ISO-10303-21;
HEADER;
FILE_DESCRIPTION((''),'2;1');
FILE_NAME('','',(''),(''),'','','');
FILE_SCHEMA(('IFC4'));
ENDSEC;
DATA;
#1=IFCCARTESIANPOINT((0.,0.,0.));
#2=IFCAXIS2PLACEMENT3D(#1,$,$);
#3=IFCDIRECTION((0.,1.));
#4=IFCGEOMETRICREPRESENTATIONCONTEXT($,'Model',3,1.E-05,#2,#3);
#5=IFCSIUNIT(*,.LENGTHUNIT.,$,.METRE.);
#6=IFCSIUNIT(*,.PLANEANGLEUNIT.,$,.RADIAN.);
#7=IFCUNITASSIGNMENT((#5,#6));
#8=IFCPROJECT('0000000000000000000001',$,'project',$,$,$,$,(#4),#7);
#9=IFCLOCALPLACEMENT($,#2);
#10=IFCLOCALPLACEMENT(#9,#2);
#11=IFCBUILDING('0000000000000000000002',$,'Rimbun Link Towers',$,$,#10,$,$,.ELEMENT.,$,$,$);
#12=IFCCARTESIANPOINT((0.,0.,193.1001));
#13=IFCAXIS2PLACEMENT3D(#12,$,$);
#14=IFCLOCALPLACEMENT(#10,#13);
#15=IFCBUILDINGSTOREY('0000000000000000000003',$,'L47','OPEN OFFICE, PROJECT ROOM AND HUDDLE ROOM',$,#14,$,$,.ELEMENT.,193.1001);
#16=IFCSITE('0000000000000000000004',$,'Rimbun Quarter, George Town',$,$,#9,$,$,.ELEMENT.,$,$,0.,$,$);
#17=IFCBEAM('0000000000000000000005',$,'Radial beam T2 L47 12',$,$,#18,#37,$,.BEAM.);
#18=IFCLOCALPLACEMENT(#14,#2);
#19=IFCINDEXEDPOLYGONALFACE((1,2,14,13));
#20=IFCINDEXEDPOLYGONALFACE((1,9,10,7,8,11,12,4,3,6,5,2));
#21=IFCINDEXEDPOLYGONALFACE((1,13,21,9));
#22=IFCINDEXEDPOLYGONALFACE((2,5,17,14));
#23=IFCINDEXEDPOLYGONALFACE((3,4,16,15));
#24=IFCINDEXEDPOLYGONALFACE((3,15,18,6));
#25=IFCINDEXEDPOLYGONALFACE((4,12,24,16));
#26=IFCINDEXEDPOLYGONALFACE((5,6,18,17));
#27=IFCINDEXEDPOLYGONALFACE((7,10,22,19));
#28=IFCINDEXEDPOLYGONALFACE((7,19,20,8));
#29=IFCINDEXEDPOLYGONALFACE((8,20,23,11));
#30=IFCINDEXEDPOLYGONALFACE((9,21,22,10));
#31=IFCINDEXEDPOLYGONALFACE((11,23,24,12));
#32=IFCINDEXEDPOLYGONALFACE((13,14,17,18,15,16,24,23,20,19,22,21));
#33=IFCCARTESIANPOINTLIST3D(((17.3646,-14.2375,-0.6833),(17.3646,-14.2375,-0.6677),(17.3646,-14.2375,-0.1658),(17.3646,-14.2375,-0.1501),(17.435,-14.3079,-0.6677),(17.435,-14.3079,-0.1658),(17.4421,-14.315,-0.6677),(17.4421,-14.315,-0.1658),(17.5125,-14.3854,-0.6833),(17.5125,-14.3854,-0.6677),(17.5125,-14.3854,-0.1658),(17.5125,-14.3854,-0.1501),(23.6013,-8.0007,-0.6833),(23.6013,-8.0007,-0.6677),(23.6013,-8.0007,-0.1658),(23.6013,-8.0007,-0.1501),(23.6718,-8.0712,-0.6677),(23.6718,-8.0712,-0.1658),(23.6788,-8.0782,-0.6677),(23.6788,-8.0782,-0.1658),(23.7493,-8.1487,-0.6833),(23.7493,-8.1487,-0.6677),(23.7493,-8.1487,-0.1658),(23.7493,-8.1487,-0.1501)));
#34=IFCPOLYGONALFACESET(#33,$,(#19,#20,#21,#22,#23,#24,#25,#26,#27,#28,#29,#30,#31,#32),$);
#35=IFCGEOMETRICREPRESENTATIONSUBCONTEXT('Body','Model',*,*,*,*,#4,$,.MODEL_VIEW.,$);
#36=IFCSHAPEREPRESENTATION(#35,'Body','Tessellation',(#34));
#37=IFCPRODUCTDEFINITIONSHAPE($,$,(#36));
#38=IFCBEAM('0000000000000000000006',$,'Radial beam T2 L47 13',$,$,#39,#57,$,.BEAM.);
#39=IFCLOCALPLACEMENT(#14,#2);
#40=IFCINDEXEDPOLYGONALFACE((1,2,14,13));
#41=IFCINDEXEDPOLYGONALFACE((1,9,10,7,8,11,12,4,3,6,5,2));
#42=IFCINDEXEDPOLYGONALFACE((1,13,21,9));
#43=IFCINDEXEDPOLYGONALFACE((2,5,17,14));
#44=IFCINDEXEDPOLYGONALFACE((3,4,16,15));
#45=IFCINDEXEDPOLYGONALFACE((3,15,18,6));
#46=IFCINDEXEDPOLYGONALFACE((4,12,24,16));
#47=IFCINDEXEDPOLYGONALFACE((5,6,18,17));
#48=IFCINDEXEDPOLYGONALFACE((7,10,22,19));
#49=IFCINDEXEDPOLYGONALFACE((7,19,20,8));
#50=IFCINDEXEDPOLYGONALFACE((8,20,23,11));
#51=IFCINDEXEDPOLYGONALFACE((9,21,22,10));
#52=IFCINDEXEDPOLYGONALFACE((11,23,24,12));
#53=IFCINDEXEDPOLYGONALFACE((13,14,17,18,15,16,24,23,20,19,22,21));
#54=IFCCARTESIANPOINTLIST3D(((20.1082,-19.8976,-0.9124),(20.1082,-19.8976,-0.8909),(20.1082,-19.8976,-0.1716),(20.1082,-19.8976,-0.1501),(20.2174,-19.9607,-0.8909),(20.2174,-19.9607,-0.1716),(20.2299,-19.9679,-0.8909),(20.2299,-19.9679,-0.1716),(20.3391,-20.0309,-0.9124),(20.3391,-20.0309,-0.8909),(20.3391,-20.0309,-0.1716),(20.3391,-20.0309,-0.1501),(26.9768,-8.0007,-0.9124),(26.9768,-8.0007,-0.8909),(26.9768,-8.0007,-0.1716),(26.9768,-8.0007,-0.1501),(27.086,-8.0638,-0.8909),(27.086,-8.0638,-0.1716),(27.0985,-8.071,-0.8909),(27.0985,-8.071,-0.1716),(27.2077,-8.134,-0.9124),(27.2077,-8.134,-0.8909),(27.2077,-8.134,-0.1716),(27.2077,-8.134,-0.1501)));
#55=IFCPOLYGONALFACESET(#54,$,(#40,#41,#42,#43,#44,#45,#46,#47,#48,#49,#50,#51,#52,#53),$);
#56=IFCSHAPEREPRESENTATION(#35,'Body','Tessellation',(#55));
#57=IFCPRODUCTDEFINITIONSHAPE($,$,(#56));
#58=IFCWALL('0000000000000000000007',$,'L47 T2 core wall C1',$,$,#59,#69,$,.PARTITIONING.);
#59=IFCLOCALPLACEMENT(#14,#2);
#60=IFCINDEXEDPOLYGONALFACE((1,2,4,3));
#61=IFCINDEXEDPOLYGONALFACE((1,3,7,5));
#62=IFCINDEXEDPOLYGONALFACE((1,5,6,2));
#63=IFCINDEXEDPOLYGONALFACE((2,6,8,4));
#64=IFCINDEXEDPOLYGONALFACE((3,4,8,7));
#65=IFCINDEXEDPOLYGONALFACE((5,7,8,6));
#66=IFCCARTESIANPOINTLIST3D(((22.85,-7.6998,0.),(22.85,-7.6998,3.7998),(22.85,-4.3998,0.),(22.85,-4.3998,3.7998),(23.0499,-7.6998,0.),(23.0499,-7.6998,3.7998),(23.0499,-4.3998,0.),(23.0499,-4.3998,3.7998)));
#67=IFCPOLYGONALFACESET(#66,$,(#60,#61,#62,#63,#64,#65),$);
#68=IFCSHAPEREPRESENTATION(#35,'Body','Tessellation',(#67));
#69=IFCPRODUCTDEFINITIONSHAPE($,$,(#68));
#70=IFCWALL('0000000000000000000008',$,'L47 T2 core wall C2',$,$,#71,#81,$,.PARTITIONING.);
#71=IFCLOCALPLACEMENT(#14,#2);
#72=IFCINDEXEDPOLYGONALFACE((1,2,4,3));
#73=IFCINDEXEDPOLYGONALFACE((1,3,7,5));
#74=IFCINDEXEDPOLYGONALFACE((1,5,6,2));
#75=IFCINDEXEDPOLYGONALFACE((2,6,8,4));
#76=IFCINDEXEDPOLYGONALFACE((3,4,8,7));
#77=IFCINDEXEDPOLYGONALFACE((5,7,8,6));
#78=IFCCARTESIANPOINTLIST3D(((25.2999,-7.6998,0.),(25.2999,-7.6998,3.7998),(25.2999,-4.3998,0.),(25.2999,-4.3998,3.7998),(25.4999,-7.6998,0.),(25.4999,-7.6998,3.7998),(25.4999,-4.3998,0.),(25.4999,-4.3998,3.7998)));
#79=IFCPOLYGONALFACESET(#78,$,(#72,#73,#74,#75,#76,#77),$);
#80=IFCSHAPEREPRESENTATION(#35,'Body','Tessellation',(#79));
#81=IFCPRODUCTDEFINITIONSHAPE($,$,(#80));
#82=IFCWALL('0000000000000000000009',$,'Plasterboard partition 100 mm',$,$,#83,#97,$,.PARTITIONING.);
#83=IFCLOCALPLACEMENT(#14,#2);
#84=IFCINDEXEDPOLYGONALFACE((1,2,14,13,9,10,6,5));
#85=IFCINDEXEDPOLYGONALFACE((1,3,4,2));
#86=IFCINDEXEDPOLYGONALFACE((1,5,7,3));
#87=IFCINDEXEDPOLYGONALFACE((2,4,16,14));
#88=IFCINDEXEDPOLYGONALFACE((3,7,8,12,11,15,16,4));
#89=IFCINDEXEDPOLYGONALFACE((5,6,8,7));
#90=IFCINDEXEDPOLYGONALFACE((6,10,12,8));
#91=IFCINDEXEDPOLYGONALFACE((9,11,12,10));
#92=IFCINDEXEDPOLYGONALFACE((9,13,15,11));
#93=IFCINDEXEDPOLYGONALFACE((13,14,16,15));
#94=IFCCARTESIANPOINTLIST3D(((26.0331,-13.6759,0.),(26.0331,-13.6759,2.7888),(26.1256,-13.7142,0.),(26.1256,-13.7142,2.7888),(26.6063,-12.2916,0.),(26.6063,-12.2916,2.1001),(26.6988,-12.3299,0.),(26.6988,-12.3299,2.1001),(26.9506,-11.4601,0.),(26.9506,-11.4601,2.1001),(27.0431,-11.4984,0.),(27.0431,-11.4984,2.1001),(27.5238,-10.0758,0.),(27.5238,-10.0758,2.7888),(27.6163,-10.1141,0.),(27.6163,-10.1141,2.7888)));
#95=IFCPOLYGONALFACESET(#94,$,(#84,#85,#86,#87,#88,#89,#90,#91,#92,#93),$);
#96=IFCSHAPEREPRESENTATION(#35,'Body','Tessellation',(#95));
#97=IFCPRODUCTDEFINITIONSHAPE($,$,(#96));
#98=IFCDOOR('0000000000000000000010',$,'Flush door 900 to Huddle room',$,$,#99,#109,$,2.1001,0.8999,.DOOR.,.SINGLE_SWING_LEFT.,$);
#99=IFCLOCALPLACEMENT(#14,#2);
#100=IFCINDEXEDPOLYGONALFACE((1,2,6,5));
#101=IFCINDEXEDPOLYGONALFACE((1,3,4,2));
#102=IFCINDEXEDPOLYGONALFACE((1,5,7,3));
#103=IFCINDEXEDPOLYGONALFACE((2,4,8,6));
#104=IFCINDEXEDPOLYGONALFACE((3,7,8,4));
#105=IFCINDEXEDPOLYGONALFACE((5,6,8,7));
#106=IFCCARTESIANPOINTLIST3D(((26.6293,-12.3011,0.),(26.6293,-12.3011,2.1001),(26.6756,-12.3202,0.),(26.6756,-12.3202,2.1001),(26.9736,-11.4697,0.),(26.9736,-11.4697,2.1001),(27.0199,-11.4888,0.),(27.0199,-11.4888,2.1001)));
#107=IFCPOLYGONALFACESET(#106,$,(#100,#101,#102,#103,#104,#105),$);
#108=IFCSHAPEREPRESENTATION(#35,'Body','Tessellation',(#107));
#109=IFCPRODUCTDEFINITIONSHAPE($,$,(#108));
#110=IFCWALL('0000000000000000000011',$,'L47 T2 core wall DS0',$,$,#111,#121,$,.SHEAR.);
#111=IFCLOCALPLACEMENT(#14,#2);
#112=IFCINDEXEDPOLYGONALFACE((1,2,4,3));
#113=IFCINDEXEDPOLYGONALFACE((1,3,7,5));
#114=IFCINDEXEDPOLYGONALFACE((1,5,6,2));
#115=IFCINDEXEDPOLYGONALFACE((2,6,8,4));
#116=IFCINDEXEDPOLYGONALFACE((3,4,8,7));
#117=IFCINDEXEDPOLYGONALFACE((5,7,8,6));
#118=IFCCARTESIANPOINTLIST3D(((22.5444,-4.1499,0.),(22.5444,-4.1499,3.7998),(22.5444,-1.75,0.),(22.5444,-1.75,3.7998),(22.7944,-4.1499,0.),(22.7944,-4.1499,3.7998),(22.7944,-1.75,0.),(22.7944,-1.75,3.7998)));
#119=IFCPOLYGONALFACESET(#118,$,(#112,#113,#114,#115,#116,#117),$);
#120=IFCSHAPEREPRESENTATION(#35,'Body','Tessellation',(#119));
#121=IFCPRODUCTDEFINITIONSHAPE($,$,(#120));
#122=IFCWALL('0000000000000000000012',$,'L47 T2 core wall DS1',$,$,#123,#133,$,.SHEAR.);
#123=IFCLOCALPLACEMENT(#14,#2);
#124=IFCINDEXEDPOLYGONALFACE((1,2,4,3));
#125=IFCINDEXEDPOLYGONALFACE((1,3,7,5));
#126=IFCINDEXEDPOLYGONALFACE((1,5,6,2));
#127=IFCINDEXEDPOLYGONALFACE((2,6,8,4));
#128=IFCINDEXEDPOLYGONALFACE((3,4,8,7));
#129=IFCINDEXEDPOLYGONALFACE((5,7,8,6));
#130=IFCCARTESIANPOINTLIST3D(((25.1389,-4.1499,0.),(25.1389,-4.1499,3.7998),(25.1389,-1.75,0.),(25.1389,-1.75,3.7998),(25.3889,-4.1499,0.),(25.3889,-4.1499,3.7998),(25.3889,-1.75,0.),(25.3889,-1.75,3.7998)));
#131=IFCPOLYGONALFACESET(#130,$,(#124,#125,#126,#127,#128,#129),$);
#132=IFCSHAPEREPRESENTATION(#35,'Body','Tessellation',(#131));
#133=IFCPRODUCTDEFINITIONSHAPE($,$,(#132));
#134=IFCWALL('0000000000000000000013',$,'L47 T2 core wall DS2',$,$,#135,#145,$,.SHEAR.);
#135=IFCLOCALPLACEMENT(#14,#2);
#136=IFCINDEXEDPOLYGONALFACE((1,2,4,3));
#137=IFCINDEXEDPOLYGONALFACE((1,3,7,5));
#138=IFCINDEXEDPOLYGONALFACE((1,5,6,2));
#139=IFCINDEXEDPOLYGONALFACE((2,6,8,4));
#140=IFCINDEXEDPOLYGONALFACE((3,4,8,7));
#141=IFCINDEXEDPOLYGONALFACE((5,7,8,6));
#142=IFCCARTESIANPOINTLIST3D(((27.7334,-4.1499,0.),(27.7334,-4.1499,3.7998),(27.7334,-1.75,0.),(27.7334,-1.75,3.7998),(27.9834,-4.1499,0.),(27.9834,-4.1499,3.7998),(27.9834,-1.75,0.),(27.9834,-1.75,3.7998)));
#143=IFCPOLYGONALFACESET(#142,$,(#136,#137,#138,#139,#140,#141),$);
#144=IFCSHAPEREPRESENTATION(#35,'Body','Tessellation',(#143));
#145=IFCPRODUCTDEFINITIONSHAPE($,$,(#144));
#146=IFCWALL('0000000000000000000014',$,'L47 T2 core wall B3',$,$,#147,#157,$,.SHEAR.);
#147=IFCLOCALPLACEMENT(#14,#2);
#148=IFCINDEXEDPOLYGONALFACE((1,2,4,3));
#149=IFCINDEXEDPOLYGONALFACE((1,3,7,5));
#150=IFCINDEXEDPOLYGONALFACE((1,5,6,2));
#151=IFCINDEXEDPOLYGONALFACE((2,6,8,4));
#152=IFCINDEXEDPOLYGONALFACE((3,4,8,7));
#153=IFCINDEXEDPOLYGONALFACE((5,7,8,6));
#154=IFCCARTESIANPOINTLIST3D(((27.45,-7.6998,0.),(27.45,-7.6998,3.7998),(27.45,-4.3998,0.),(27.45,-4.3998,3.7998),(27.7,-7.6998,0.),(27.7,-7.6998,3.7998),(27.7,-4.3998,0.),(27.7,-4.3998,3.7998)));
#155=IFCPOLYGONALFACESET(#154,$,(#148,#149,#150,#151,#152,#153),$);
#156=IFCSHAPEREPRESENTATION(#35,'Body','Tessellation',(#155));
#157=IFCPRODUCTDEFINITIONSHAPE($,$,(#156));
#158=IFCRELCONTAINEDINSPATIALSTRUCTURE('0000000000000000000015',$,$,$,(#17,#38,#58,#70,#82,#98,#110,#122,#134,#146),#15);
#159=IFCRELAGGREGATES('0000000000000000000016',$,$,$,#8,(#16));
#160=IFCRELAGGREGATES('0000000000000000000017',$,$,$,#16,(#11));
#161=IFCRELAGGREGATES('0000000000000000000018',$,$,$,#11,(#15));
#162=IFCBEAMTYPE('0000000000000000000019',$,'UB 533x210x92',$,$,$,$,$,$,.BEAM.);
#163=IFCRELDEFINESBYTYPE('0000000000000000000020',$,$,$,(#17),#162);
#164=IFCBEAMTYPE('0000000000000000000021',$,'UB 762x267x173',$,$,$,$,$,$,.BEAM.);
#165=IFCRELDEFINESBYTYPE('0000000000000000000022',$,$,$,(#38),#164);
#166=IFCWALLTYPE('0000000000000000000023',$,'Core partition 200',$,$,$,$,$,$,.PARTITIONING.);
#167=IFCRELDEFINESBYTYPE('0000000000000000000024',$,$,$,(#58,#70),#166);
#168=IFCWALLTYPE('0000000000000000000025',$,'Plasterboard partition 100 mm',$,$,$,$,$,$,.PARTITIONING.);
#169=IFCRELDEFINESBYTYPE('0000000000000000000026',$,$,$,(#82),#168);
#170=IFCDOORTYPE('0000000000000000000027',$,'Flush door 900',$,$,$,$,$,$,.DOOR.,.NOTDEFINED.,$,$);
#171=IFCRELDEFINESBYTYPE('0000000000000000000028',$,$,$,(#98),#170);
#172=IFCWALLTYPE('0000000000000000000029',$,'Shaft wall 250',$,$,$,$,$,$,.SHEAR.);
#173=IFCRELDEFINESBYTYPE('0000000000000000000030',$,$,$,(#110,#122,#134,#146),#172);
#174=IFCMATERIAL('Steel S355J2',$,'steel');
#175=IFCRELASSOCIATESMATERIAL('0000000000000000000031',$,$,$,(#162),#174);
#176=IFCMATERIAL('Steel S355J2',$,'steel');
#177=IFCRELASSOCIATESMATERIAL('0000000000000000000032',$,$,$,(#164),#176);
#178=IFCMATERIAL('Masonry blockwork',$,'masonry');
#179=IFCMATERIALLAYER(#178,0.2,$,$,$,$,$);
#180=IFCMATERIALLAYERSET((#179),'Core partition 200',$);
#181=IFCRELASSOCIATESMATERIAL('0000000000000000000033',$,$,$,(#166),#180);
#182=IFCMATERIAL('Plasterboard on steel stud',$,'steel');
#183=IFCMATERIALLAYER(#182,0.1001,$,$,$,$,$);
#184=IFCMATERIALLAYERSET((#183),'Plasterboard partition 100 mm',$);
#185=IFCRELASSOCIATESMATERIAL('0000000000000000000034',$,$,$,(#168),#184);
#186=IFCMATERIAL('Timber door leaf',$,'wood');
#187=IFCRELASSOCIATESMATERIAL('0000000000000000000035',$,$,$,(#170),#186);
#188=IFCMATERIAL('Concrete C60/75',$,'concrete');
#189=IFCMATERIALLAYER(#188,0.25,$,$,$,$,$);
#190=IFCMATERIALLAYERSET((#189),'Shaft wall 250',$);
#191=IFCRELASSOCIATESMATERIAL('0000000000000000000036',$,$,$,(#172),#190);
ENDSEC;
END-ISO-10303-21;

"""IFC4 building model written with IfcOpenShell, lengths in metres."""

from ifc_helpers import new_model, si_unit, direction, frame, frame_2d, origin, origin_2d, place, context, subcontext, project, spatial, rectangle, i_section, extrude, material, layer, layer_set, material_profile, profile_set, type_object, element, fill, save


model = new_model("IFC4")

# Units and contexts
model_context = context("Model", 3, precision=1e-05, world=origin(), true_north=direction((0.0, 1.0)))
body_context = subcontext(model_context, "Body", "Model", "MODEL_VIEW")
ifc_project = project(units=[si_unit("LENGTHUNIT", "METRE"), si_unit("PLANEANGLEUNIT", "RADIAN")], contexts=[model_context])

# Site, building, storey
site_placement = place(None, origin())
site = spatial("IfcSite", under=ifc_project, at=site_placement, Name="Rimbun Quarter, George Town", CompositionType="ELEMENT", RefElevation=0.0)
building_placement = place(site_placement, origin())
building = spatial("IfcBuilding", under=site, at=building_placement, Name="Rimbun Link Towers", CompositionType="ELEMENT")
storey_placement = place(building_placement, frame((0.0, 0.0, 193.1001)))
storey = spatial("IfcBuildingStorey", under=building, at=storey_placement, Name="L47", Description="OPEN OFFICE, PROJECT ROOM AND HUDDLE ROOM", CompositionType="ELEMENT", Elevation=193.1001)

# Beams
ifc_material_1 = material(Name="Steel S355J2", Category="steel")
ifc_material_profile_1 = material_profile(ifc_material_1, i_section(OverallWidth=0.2092, OverallDepth=0.5332, WebThickness=0.01, FlangeThickness=0.0156, at=origin_2d()), Name="UB 533x210x92")
ifc_profile_set_1 = profile_set([ifc_material_profile_1], Name="Steel S355J2")
beam_type_1 = type_object("IfcBeamType", Name="UB 533x210x92", PredefinedType="BEAM", material=ifc_profile_set_1)
beam_1_placement = place(storey_placement, frame((23.6753, -8.0747, -0.4167), z_axis=(-0.707107, -0.707107, 0.0), x_axis=(0.707107, -0.707107, 0.0)))
element("IfcBeam", 1, at=beam_1_placement, inside=storey, type_object=beam_type_1, Name="Radial beam T2 L47 12", PredefinedType="BEAM", context=body_context, shape_type="SweptSolid", body=[
    extrude(i_section(OverallWidth=0.2092, OverallDepth=0.5332, WebThickness=0.01, FlangeThickness=0.0156, at=origin_2d()), origin(), (0.0, 0.0, 1.0), 8.8201),
])
ifc_material_2 = material(Name="Steel S355J2", Category="steel")
ifc_material_profile_2 = material_profile(ifc_material_2, i_section(OverallWidth=0.2666, OverallDepth=0.7622, WebThickness=0.0144, FlangeThickness=0.0215, at=origin_2d()), Name="UB 762x267x173")
ifc_profile_set_2 = profile_set([ifc_material_profile_2], Name="Steel S355J2")
beam_type_2 = type_object("IfcBeamType", Name="UB 762x267x173", PredefinedType="BEAM", material=ifc_profile_set_2)
beam_2_placement = place(storey_placement, frame((27.0923, -8.0674, -0.5312), z_axis=(-0.499996, -0.866028, 0.0), x_axis=(0.866028, -0.499996, 0.0)))
element("IfcBeam", 2, at=beam_2_placement, inside=storey, type_object=beam_type_2, Name="Radial beam T2 L47 13", PredefinedType="BEAM", context=body_context, shape_type="SweptSolid", body=[
    extrude(i_section(OverallWidth=0.2666, OverallDepth=0.7622, WebThickness=0.0144, FlangeThickness=0.0215, at=origin_2d()), origin(), (0.0, 0.0, 1.0), 13.7373),
])

# Walls
ifc_material_3 = material(Name="Masonry blockwork", Category="masonry")
ifc_layer_1 = layer(ifc_material_3, 0.2)
ifc_layer_set_1 = layer_set([ifc_layer_1], Name="Core partition 200")
wall_type_1 = type_object("IfcWallType", Name="Core partition 200", PredefinedType="PARTITIONING", material=ifc_layer_set_1)
for number, where, z_axis, x_axis, name in (
    (3, (22.95, -4.3999, 0.0), (0.0, 0.0, 1.0), (0.0, -1.0, 0.0), "L47 T2 core wall C1"),
    (4, (25.3999, -4.3999, 0.0), (0.0, 0.0, 1.0), (0.0, -1.0, 0.0), "L47 T2 core wall C2"),
):
    element("IfcWall", number, at=place(storey_placement, frame(where, z_axis=z_axis, x_axis=x_axis)), inside=storey, type_object=wall_type_1, Name=name, PredefinedType="PARTITIONING", context=body_context, shape_type="SweptSolid", body=[
        extrude(rectangle(XDim=3.3, YDim=0.2, at=frame_2d((1.6499, 0.0))), origin(), (0.0, 0.0, 1.0), 3.7998),
    ])

# Wall, opening, door
ifc_material_4 = material(Name="Plasterboard on steel stud", Category="steel")
ifc_layer_2 = layer(ifc_material_4, 0.1001)
ifc_layer_set_2 = layer_set([ifc_layer_2], Name="Plasterboard partition 100 mm")
wall_type_2 = type_object("IfcWallType", Name="Plasterboard partition 100 mm", PredefinedType="PARTITIONING", material=ifc_layer_set_2)
wall_1_placement = place(storey_placement, frame((27.5701, -10.095, 0.0), z_axis=(0.0, 0.0, 1.0), x_axis=(-0.382577, -0.923924, 0.0)))
wall_1 = element("IfcWall", 5, at=wall_1_placement, inside=storey, type_object=wall_type_2, Name="Plasterboard partition 100 mm", PredefinedType="PARTITIONING", context=body_context, shape_type="SweptSolid", body=[
    extrude(rectangle(XDim=3.8965, YDim=0.1001, at=frame_2d((1.9482, 0.0))), origin(), (0.0, 0.0, 1.0), 2.7888),
])
opening_placement = place(wall_1_placement, frame((1.4983, 0.0, 0.0)))
opening = element("IfcOpeningElement", 6, at=opening_placement, cuts=wall_1, PredefinedType="OPENING", context=body_context, shape_type="SweptSolid", body=[
    extrude(rectangle(XDim=0.8999, YDim=2.1001, at=frame_2d((0.45, 1.05))), frame((0.0, 0.0601, 0.0), z_axis=(0.0, -1.0, 0.0), x_axis=(1.0, 0.0, 0.0)), (0.0, 0.0, 1.0), 0.1201),
])
ifc_material_5 = material(Name="Timber door leaf", Category="wood")
door_type = type_object("IfcDoorType", Name="Flush door 900", OperationType="NOTDEFINED", PredefinedType="DOOR", material=ifc_material_5)
door_placement = place(opening_placement, origin())
door = element("IfcDoor", 7, at=door_placement, inside=storey, type_object=door_type, Name="Flush door 900 to Huddle room", OperationType="SINGLE_SWING_LEFT", OverallHeight=2.1001, OverallWidth=0.8999, PredefinedType="DOOR", context=body_context, shape_type="SweptSolid", body=[
    extrude(rectangle(XDim=0.8999, YDim=2.1001, at=frame_2d((0.45, 1.05))), frame((0.0, 0.0249, 0.0), z_axis=(0.0, -1.0, 0.0), x_axis=(1.0, 0.0, 0.0)), (0.0, 0.0, 1.0), 0.05),
])
fill(opening, door)

# Walls
ifc_material_6 = material(Name="Concrete C60/75", Category="concrete")
ifc_layer_3 = layer(ifc_material_6, 0.25)
ifc_layer_set_3 = layer_set([ifc_layer_3], Name="Shaft wall 250")
wall_type_3 = type_object("IfcWallType", Name="Shaft wall 250", PredefinedType="SHEAR", material=ifc_layer_set_3)
for number, where, z_axis, x_axis, name in (
    (8, (22.6694, -4.1499, 0.0), (0.0, 0.0, 1.0), (0.0, 1.0, 0.0), "L47 T2 core wall DS0"),
    (9, (25.2639, -4.1499, 0.0), (0.0, 0.0, 1.0), (0.0, 1.0, 0.0), "L47 T2 core wall DS1"),
    (10, (27.8584, -4.1499, 0.0), (0.0, 0.0, 1.0), (0.0, 1.0, 0.0), "L47 T2 core wall DS2"),
):
    element("IfcWall", number, at=place(storey_placement, frame(where, z_axis=z_axis, x_axis=x_axis)), inside=storey, type_object=wall_type_3, Name=name, PredefinedType="SHEAR", context=body_context, shape_type="SweptSolid", body=[
        extrude(rectangle(XDim=2.3999, YDim=0.25, at=frame_2d((1.2, 0.0))), origin(), (0.0, 0.0, 1.0), 3.7998),
    ])
wall_2_placement = place(storey_placement, frame((27.575, -4.3999, 0.0), z_axis=(0.0, 0.0, 1.0), x_axis=(0.0, -1.0, 0.0)))
element("IfcWall", 11, at=wall_2_placement, inside=storey, type_object=wall_type_3, Name="L47 T2 core wall B3", PredefinedType="SHEAR", context=body_context, shape_type="SweptSolid", body=[
    extrude(rectangle(XDim=3.3, YDim=0.25, at=frame_2d((1.6499, 0.0))), origin(), (0.0, 0.0, 1.0), 3.7998),
])

save(model, "model.ifc")
